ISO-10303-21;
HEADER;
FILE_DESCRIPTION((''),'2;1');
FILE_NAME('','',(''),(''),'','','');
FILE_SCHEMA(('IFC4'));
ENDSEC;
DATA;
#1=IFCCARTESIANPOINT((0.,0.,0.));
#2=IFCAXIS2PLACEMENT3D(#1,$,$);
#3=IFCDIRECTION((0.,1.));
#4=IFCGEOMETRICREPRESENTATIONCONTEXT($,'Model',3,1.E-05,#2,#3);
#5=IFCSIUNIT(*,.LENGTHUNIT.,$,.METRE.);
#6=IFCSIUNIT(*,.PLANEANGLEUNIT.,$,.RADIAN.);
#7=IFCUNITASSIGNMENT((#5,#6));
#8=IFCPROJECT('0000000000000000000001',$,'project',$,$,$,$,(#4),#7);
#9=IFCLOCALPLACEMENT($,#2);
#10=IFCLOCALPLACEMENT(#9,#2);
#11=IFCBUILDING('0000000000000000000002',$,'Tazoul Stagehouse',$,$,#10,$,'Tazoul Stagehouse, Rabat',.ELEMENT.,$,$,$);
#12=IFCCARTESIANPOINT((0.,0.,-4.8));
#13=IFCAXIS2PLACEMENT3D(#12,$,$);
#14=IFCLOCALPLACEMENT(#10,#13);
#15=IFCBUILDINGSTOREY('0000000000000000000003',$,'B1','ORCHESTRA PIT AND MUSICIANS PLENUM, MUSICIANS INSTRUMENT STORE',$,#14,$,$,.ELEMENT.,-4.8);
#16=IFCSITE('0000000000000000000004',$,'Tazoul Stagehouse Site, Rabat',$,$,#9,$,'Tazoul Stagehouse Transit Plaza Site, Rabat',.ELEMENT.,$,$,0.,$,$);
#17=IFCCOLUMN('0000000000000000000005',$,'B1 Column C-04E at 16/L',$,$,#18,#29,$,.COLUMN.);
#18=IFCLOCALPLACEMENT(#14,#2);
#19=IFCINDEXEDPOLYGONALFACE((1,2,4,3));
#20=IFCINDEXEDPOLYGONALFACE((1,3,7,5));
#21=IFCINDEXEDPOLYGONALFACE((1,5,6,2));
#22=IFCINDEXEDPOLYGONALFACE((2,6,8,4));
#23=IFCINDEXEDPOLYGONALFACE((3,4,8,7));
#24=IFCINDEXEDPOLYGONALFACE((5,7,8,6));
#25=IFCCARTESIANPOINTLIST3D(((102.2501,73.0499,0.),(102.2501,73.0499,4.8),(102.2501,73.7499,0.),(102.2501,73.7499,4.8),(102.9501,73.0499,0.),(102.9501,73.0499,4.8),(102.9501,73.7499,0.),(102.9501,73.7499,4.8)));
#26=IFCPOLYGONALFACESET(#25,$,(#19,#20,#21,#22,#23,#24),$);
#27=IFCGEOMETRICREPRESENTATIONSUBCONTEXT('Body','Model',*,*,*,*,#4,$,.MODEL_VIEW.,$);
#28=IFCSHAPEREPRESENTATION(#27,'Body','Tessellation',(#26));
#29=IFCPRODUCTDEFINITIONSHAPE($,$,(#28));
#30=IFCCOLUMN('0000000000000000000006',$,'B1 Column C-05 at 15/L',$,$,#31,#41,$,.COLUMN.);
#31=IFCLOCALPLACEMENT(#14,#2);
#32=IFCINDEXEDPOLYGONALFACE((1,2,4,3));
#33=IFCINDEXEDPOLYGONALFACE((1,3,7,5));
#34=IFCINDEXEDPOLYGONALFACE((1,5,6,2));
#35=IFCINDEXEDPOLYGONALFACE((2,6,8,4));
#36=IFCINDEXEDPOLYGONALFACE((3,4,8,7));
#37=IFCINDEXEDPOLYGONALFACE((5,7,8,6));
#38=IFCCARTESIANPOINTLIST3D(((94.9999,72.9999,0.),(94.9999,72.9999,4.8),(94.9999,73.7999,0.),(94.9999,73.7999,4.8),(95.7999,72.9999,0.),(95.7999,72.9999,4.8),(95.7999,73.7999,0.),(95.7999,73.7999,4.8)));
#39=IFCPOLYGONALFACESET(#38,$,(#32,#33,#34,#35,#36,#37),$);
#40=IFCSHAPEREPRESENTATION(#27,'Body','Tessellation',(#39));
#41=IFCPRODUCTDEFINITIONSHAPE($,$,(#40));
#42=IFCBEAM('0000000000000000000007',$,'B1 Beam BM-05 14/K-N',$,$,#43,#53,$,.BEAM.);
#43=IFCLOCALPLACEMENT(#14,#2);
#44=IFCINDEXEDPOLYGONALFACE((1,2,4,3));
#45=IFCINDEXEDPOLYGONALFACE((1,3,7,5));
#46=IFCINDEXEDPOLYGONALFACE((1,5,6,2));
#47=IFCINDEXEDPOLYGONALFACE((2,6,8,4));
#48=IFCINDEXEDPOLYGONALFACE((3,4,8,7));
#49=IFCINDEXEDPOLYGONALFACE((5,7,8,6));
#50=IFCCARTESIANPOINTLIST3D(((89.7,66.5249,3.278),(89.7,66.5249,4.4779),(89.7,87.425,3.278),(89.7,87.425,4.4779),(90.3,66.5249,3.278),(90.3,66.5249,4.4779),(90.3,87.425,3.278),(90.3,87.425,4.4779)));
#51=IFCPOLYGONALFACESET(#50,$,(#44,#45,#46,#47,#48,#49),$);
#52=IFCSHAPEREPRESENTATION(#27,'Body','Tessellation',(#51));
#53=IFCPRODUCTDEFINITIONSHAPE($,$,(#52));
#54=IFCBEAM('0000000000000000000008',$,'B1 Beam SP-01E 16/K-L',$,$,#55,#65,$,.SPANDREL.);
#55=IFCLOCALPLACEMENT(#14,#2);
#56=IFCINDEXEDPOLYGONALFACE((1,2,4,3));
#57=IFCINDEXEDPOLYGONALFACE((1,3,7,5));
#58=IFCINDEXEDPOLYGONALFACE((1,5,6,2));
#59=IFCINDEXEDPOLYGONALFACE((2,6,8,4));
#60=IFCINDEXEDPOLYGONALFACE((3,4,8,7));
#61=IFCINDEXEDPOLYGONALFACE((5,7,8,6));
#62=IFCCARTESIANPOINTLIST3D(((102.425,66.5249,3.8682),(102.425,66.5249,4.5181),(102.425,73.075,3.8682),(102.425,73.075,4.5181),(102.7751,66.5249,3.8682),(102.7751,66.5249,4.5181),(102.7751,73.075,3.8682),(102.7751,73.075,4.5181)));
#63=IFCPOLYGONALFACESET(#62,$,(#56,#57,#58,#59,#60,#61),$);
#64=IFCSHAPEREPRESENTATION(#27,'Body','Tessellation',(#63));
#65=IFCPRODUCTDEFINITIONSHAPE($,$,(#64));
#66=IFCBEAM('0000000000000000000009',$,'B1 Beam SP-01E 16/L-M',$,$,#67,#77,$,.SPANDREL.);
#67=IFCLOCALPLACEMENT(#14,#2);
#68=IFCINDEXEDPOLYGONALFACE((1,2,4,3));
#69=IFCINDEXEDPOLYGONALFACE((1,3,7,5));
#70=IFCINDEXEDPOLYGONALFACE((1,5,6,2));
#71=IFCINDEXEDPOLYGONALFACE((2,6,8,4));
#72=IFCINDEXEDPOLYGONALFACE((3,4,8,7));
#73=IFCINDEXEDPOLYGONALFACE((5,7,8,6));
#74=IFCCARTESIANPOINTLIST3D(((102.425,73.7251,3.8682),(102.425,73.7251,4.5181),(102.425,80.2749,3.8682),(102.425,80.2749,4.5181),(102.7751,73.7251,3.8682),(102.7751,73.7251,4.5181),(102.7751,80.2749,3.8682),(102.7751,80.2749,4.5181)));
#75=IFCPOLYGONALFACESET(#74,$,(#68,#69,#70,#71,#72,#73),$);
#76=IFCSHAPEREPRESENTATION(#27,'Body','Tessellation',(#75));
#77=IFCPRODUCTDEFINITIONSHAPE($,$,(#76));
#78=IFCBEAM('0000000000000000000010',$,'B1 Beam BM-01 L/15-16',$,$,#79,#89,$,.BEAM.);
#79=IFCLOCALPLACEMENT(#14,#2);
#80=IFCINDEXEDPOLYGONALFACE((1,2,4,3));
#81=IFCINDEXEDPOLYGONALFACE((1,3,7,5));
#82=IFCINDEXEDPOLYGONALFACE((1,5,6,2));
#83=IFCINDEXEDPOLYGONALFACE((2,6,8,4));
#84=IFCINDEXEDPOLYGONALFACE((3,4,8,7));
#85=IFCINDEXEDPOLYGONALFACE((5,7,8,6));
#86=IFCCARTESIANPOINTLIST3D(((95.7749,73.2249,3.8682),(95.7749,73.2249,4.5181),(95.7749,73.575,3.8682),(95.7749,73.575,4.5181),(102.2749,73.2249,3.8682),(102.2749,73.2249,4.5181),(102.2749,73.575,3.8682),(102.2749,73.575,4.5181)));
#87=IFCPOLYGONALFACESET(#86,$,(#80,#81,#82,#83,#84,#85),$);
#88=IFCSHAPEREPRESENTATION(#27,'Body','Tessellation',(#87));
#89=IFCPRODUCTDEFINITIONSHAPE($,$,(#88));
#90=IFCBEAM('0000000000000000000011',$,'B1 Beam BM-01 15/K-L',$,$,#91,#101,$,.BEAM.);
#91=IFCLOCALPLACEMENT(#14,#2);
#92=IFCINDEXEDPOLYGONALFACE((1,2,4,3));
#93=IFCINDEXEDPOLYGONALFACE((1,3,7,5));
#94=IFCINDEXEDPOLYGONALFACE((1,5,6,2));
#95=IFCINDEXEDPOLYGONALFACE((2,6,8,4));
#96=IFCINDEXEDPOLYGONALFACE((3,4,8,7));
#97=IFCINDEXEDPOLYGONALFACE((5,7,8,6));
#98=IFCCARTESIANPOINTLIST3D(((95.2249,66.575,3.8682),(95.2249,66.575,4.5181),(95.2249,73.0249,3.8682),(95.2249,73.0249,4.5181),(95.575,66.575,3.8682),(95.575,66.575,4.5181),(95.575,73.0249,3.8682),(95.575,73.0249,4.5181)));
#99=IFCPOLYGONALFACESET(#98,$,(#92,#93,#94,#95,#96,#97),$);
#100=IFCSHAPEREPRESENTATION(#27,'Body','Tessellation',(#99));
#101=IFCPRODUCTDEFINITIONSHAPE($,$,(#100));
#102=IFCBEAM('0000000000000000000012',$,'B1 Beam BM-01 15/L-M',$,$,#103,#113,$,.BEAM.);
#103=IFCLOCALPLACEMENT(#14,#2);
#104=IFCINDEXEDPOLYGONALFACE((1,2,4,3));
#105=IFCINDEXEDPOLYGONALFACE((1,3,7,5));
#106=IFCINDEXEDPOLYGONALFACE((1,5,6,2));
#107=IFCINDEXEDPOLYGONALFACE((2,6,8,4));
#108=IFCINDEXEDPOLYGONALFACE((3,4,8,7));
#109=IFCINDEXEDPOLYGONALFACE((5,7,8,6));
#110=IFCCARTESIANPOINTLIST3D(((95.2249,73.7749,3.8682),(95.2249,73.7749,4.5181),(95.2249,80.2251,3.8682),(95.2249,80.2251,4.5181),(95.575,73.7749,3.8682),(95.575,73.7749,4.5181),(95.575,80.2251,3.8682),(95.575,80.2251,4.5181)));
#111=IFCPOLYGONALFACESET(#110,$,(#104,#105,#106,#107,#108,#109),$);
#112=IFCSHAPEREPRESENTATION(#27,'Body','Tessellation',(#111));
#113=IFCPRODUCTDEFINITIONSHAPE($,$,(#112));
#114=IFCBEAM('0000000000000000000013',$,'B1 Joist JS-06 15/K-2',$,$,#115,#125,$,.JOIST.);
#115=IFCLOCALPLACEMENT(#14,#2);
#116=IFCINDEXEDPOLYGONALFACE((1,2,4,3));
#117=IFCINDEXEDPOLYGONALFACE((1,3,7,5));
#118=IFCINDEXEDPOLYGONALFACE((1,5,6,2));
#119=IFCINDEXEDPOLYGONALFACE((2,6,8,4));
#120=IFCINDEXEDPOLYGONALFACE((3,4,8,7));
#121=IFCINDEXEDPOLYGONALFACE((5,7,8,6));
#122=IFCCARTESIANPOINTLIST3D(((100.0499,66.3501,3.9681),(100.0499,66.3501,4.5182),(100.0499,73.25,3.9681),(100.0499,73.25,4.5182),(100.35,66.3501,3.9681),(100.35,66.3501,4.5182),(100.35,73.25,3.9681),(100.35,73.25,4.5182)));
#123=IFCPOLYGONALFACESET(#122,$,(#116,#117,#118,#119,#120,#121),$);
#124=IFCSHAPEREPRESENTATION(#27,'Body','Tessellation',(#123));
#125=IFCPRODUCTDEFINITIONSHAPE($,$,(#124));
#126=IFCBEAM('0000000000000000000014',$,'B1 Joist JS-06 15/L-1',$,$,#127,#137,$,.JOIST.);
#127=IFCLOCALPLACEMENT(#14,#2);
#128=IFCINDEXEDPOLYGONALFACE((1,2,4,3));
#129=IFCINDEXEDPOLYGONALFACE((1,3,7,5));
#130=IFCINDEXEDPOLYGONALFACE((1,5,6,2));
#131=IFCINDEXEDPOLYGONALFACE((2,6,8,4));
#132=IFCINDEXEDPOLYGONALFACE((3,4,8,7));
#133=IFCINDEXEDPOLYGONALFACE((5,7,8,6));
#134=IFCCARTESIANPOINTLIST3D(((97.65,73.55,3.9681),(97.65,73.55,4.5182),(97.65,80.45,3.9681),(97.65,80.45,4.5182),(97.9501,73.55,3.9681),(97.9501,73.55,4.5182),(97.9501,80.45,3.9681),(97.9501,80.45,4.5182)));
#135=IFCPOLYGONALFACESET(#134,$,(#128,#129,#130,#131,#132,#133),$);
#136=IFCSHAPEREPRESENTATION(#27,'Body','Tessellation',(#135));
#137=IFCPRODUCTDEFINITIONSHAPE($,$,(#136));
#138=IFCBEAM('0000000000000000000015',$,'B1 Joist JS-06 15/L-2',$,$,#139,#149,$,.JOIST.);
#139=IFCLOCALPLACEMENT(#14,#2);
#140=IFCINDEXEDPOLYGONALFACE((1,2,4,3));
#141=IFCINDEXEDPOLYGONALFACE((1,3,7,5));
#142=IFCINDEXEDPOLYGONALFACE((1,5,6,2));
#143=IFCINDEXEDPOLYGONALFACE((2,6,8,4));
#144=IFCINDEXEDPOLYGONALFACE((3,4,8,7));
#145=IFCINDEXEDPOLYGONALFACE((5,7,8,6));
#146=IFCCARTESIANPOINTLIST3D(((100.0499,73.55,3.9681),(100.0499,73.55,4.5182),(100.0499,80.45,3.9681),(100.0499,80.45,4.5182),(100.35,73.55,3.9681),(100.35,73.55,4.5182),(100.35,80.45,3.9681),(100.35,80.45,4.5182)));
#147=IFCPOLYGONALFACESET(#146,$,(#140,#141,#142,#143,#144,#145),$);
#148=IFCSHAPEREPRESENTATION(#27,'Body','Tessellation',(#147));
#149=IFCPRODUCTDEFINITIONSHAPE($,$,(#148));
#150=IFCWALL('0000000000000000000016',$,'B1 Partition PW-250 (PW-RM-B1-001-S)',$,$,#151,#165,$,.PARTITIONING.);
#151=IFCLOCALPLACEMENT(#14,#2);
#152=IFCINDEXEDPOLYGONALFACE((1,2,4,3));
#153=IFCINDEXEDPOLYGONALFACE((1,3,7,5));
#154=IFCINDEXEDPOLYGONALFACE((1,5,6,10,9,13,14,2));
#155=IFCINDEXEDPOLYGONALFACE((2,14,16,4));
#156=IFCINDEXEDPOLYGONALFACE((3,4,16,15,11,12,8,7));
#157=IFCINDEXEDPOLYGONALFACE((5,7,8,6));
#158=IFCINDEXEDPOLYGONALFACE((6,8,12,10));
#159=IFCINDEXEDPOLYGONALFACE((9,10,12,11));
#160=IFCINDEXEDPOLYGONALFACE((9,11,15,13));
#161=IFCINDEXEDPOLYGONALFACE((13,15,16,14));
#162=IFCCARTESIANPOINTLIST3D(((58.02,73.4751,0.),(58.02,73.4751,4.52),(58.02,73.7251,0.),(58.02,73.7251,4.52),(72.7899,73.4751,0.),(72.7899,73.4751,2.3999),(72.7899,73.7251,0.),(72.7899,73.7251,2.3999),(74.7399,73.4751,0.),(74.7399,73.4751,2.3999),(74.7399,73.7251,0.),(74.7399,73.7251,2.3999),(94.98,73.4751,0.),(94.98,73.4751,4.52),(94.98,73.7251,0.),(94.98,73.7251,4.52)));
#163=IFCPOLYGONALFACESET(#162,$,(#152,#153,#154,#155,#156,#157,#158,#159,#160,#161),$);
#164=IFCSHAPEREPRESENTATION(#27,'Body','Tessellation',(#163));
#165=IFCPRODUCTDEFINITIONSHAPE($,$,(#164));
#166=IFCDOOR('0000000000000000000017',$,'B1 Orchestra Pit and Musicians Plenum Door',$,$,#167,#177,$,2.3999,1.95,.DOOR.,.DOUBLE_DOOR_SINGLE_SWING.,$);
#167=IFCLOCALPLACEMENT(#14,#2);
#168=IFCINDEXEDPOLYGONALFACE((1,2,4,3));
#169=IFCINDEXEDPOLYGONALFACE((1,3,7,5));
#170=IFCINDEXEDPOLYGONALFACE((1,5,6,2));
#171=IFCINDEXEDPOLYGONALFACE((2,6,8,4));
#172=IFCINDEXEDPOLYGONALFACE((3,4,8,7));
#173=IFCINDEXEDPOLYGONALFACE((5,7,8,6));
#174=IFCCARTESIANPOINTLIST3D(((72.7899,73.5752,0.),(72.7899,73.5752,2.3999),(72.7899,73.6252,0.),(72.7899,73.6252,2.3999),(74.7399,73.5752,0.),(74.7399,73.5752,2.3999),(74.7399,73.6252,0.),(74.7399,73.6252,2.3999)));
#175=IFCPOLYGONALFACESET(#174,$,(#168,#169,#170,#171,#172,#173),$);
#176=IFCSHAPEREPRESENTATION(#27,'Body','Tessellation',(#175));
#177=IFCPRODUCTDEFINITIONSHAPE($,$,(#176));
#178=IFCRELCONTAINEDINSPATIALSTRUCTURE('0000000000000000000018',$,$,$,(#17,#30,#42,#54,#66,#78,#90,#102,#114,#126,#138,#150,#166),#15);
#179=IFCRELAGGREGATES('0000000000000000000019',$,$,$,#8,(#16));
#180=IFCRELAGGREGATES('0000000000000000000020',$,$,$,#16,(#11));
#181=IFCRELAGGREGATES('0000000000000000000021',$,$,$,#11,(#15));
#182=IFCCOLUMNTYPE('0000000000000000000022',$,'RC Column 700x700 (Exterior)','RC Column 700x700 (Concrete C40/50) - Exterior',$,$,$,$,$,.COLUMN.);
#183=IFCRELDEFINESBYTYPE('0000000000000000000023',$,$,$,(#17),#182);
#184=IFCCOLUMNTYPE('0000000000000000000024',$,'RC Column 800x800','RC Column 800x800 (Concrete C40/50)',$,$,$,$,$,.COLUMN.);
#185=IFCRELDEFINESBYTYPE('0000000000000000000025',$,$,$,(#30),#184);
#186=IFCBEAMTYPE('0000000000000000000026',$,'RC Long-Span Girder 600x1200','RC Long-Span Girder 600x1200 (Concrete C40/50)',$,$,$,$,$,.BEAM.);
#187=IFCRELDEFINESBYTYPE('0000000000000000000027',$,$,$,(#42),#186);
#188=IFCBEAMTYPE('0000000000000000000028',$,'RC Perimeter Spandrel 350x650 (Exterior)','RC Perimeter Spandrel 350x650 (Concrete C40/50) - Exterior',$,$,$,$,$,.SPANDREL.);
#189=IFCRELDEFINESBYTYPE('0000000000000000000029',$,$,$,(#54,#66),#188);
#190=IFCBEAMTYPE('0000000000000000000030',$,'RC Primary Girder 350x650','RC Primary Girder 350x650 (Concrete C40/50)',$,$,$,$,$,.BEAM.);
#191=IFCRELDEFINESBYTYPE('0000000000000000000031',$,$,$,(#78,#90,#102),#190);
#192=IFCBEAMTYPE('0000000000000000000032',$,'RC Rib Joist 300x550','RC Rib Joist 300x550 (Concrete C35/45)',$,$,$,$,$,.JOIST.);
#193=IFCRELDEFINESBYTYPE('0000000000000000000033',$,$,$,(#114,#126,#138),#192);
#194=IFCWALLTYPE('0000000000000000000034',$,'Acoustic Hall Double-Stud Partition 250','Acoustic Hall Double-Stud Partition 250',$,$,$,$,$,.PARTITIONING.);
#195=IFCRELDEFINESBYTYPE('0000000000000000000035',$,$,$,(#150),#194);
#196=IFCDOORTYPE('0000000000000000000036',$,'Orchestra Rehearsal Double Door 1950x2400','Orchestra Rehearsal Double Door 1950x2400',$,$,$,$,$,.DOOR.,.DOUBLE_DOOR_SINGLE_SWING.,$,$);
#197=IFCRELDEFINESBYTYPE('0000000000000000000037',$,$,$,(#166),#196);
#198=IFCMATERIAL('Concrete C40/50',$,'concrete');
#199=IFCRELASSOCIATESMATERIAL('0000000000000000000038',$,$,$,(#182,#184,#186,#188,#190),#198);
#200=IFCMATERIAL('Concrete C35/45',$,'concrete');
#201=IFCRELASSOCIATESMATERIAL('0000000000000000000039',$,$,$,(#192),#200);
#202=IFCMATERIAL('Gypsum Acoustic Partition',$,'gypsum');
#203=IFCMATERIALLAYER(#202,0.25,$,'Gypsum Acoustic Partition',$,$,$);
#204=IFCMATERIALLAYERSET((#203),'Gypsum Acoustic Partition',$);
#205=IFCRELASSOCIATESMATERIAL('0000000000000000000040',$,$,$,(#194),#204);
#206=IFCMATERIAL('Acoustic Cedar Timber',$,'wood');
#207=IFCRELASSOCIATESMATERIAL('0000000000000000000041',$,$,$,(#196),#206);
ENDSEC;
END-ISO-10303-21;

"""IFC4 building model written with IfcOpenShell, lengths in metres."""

from ifc_helpers import new_model, si_unit, direction, frame, frame_2d, origin, origin_2d, place, context, subcontext, project, spatial, rectangle, extrude, material, layer, layer_set, material_profile, profile_set, type_object, element, fill, save


model = new_model("IFC4")

# Units and contexts
model_context = context("Model", 3, precision=1e-05, world=origin(), true_north=direction((0.0, 1.0)))
body_context = subcontext(model_context, "Body", "Model", "MODEL_VIEW")
ifc_project = project(units=[si_unit("LENGTHUNIT", "METRE"), si_unit("PLANEANGLEUNIT", "RADIAN")], contexts=[model_context])

# Site, building, storey
site_placement = place(None, origin())
site = spatial("IfcSite", under=ifc_project, at=site_placement, Name="Tazoul Stagehouse Site, Rabat", LongName="Tazoul Stagehouse Transit Plaza Site, Rabat", CompositionType="ELEMENT", RefElevation=0.0)
building_placement = place(site_placement, origin())
building = spatial("IfcBuilding", under=site, at=building_placement, Name="Tazoul Stagehouse", LongName="Tazoul Stagehouse, Rabat", CompositionType="ELEMENT")
storey_placement = place(building_placement, frame((0.0, 0.0, -4.8)))
storey = spatial("IfcBuildingStorey", under=building, at=storey_placement, Name="B1", Description="ORCHESTRA PIT AND MUSICIANS PLENUM, MUSICIANS INSTRUMENT STORE", CompositionType="ELEMENT", Elevation=-4.8)

# Shared definitions
ifc_material_1 = material(Name="Concrete C35/45", Category="concrete")

# Columns
ifc_material_2 = material(Name="Concrete C40/50", Category="concrete")
ifc_material_profile_1 = material_profile(ifc_material_2, rectangle(XDim=0.7, YDim=0.7, at=origin_2d()), Name="RC 700x700")
ifc_profile_set_1 = profile_set([ifc_material_profile_1], Name="Concrete C40/50")
column_type_1 = type_object("IfcColumnType", Name="RC Column 700x700 (Exterior)", Description="RC Column 700x700 (Concrete C40/50) - Exterior", PredefinedType="COLUMN", material=ifc_profile_set_1)
column_1_placement = place(storey_placement, frame((102.6001, 73.3999, 0.0), z_axis=(0.0, 0.0, 1.0), x_axis=(1.0, 0.0, 0.0)))
element("IfcColumn", 1, at=column_1_placement, inside=storey, type_object=column_type_1, Name="B1 Column C-04E at 16/L", PredefinedType="COLUMN", context=body_context, shape_type="SweptSolid", body=[
    extrude(rectangle(XDim=0.7, YDim=0.7, at=origin_2d()), origin(), (0.0, 0.0, 1.0), 4.8),
])
ifc_material_profile_2 = material_profile(ifc_material_2, rectangle(XDim=0.8, YDim=0.8, at=origin_2d()), Name="RC 800x800")
ifc_profile_set_2 = profile_set([ifc_material_profile_2], Name="Concrete C40/50")
column_type_2 = type_object("IfcColumnType", Name="RC Column 800x800", Description="RC Column 800x800 (Concrete C40/50)", PredefinedType="COLUMN", material=ifc_profile_set_2)
column_2_placement = place(storey_placement, frame((95.3999, 73.3999, 0.0), z_axis=(0.0, 0.0, 1.0), x_axis=(1.0, 0.0, 0.0)))
element("IfcColumn", 2, at=column_2_placement, inside=storey, type_object=column_type_2, Name="B1 Column C-05 at 15/L", PredefinedType="COLUMN", context=body_context, shape_type="SweptSolid", body=[
    extrude(rectangle(XDim=0.8, YDim=0.8, at=origin_2d()), origin(), (0.0, 0.0, 1.0), 4.8),
])

# Beams
ifc_material_profile_3 = material_profile(ifc_material_2, rectangle(XDim=0.6001, YDim=1.2, at=origin_2d()), Name="RC 600x1200")
ifc_profile_set_3 = profile_set([ifc_material_profile_3], Name="Concrete C40/50")
beam_type_1 = type_object("IfcBeamType", Name="RC Long-Span Girder 600x1200", Description="RC Long-Span Girder 600x1200 (Concrete C40/50)", PredefinedType="BEAM", material=ifc_profile_set_3)
beam_1_placement = place(storey_placement, frame((90.0, 66.5249, 3.8779), z_axis=(0.0, 1.0, 0.0), x_axis=(-1.0, 0.0, 0.0)))
element("IfcBeam", 3, at=beam_1_placement, inside=storey, type_object=beam_type_1, Name="B1 Beam BM-05 14/K-N", PredefinedType="BEAM", context=body_context, shape_type="SweptSolid", body=[
    extrude(rectangle(XDim=0.6001, YDim=1.2, at=origin_2d()), origin(), (0.0, 0.0, 1.0), 20.9001),
])
ifc_material_profile_4 = material_profile(ifc_material_2, rectangle(XDim=0.3501, YDim=0.6499, at=origin_2d()), Name="RC 350x650")
ifc_profile_set_4 = profile_set([ifc_material_profile_4], Name="Concrete C40/50")
beam_type_2 = type_object("IfcBeamType", Name="RC Perimeter Spandrel 350x650 (Exterior)", Description="RC Perimeter Spandrel 350x650 (Concrete C40/50) - Exterior", PredefinedType="SPANDREL", material=ifc_profile_set_4)
beam_2_placement = place(storey_placement, frame((102.6001, 66.5249, 4.1931), z_axis=(0.0, 1.0, 0.0), x_axis=(-1.0, 0.0, 0.0)))
element("IfcBeam", 4, at=beam_2_placement, inside=storey, type_object=beam_type_2, Name="B1 Beam SP-01E 16/K-L", PredefinedType="SPANDREL", context=body_context, shape_type="SweptSolid", body=[
    extrude(rectangle(XDim=0.3501, YDim=0.6499, at=origin_2d()), origin(), (0.0, 0.0, 1.0), 6.55),
])
beam_3_placement = place(storey_placement, frame((102.6001, 73.7251, 4.1931), z_axis=(0.0, 1.0, 0.0), x_axis=(-1.0, 0.0, 0.0)))
element("IfcBeam", 5, at=beam_3_placement, inside=storey, type_object=beam_type_2, Name="B1 Beam SP-01E 16/L-M", PredefinedType="SPANDREL", context=body_context, shape_type="SweptSolid", body=[
    extrude(rectangle(XDim=0.3501, YDim=0.6499, at=origin_2d()), origin(), (0.0, 0.0, 1.0), 6.5498),
])
ifc_material_profile_5 = material_profile(ifc_material_2, rectangle(XDim=0.3501, YDim=0.6499, at=origin_2d()), Name="RC 350x650")
ifc_profile_set_5 = profile_set([ifc_material_profile_5], Name="Concrete C40/50")
beam_type_3 = type_object("IfcBeamType", Name="RC Primary Girder 350x650", Description="RC Primary Girder 350x650 (Concrete C40/50)", PredefinedType="BEAM", material=ifc_profile_set_5)
beam_4_placement = place(storey_placement, frame((95.7749, 73.3999, 4.1931), z_axis=(1.0, 0.0, 0.0), x_axis=(0.0, 1.0, 0.0)))
element("IfcBeam", 6, at=beam_4_placement, inside=storey, type_object=beam_type_3, Name="B1 Beam BM-01 L/15-16", PredefinedType="BEAM", context=body_context, shape_type="SweptSolid", body=[
    extrude(rectangle(XDim=0.3501, YDim=0.6499, at=origin_2d()), origin(), (0.0, 0.0, 1.0), 6.5),
])
beam_5_placement = place(storey_placement, frame((95.3999, 66.575, 4.1931), z_axis=(0.0, 1.0, 0.0), x_axis=(-1.0, 0.0, 0.0)))
element("IfcBeam", 7, at=beam_5_placement, inside=storey, type_object=beam_type_3, Name="B1 Beam BM-01 15/K-L", PredefinedType="BEAM", context=body_context, shape_type="SweptSolid", body=[
    extrude(rectangle(XDim=0.3501, YDim=0.6499, at=origin_2d()), origin(), (0.0, 0.0, 1.0), 6.45),
])
beam_6_placement = place(storey_placement, frame((95.3999, 73.7749, 4.1931), z_axis=(0.0, 1.0, 0.0), x_axis=(-1.0, 0.0, 0.0)))
element("IfcBeam", 8, at=beam_6_placement, inside=storey, type_object=beam_type_3, Name="B1 Beam BM-01 15/L-M", PredefinedType="BEAM", context=body_context, shape_type="SweptSolid", body=[
    extrude(rectangle(XDim=0.3501, YDim=0.6499, at=origin_2d()), origin(), (0.0, 0.0, 1.0), 6.4502),
])
ifc_material_profile_6 = material_profile(ifc_material_1, rectangle(XDim=0.3, YDim=0.55, at=origin_2d()), Name="RC 300x550")
ifc_profile_set_6 = profile_set([ifc_material_profile_6], Name="Concrete C35/45")
beam_type_4 = type_object("IfcBeamType", Name="RC Rib Joist 300x550", Description="RC Rib Joist 300x550 (Concrete C35/45)", PredefinedType="JOIST", material=ifc_profile_set_6)
for number, where, z_axis, x_axis, name in (
    (9, (100.2, 66.3501, 4.2432), (0.0, 1.0, 0.0), (-1.0, 0.0, 0.0), "B1 Joist JS-06 15/K-2"),
    (10, (97.8, 73.55, 4.2432), (0.0, 1.0, 0.0), (-1.0, 0.0, 0.0), "B1 Joist JS-06 15/L-1"),
    (11, (100.2, 73.55, 4.2432), (0.0, 1.0, 0.0), (-1.0, 0.0, 0.0), "B1 Joist JS-06 15/L-2"),
):
    element("IfcBeam", number, at=place(storey_placement, frame(where, z_axis=z_axis, x_axis=x_axis)), inside=storey, type_object=beam_type_4, Name=name, PredefinedType="JOIST", context=body_context, shape_type="SweptSolid", body=[
        extrude(rectangle(XDim=0.3, YDim=0.55, at=origin_2d()), origin(), (0.0, 0.0, 1.0), 6.8999),
    ])

# Wall, opening, door
ifc_material_3 = material(Name="Gypsum Acoustic Partition", Category="gypsum")
ifc_layer_1 = layer(ifc_material_3, 0.25, Name="Gypsum Acoustic Partition")
ifc_layer_set_1 = layer_set([ifc_layer_1], Name="Gypsum Acoustic Partition")
wall_type_1 = type_object("IfcWallType", Name="Acoustic Hall Double-Stud Partition 250", Description="Acoustic Hall Double-Stud Partition 250", PredefinedType="PARTITIONING", material=ifc_layer_set_1)
wall_placement = place(storey_placement, frame((94.98, 73.6001, 0.0), z_axis=(0.0, 0.0, 1.0), x_axis=(-1.0, 0.0, 0.0)))
wall = element("IfcWall", 12, at=wall_placement, inside=storey, type_object=wall_type_1, Name="B1 Partition PW-250 (PW-RM-B1-001-S)", PredefinedType="PARTITIONING", context=body_context, shape_type="SweptSolid", body=[
    extrude(rectangle(XDim=36.96, YDim=0.25, at=frame_2d((18.48, 0.0))), origin(), (0.0, 0.0, 1.0), 4.52),
])
opening_placement = place(wall_placement, frame((20.24, 0.0, 0.0)))
opening = element("IfcOpeningElement", 13, at=opening_placement, cuts=wall, PredefinedType="OPENING", context=body_context, shape_type="SweptSolid", body=[
    extrude(rectangle(XDim=1.95, YDim=2.3999, at=frame_2d((0.9751, 1.2))), frame((0.0, 0.145, 0.0), z_axis=(0.0, -1.0, 0.0), x_axis=(1.0, 0.0, 0.0)), (0.0, 0.0, 1.0), 0.29),
])
ifc_material_4 = material(Name="Acoustic Cedar Timber", Category="wood")
door_type = type_object("IfcDoorType", Name="Orchestra Rehearsal Double Door 1950x2400", Description="Orchestra Rehearsal Double Door 1950x2400", OperationType="DOUBLE_DOOR_SINGLE_SWING", PredefinedType="DOOR", material=ifc_material_4)
door_placement = place(opening_placement, origin())
door = element("IfcDoor", 14, at=door_placement, inside=storey, type_object=door_type, Name="B1 Orchestra Pit and Musicians Plenum Door", OperationType="DOUBLE_DOOR_SINGLE_SWING", OverallHeight=2.3999, OverallWidth=1.95, PredefinedType="DOOR", context=body_context, shape_type="SweptSolid", body=[
    extrude(rectangle(XDim=1.95, YDim=2.3999, at=frame_2d((0.9751, 1.2))), frame((0.0, 0.0249, 0.0), z_axis=(0.0, -1.0, 0.0), x_axis=(1.0, 0.0, 0.0)), (0.0, 0.0, 1.0), 0.05),
])
fill(opening, door)

save(model, "model.ifc")
